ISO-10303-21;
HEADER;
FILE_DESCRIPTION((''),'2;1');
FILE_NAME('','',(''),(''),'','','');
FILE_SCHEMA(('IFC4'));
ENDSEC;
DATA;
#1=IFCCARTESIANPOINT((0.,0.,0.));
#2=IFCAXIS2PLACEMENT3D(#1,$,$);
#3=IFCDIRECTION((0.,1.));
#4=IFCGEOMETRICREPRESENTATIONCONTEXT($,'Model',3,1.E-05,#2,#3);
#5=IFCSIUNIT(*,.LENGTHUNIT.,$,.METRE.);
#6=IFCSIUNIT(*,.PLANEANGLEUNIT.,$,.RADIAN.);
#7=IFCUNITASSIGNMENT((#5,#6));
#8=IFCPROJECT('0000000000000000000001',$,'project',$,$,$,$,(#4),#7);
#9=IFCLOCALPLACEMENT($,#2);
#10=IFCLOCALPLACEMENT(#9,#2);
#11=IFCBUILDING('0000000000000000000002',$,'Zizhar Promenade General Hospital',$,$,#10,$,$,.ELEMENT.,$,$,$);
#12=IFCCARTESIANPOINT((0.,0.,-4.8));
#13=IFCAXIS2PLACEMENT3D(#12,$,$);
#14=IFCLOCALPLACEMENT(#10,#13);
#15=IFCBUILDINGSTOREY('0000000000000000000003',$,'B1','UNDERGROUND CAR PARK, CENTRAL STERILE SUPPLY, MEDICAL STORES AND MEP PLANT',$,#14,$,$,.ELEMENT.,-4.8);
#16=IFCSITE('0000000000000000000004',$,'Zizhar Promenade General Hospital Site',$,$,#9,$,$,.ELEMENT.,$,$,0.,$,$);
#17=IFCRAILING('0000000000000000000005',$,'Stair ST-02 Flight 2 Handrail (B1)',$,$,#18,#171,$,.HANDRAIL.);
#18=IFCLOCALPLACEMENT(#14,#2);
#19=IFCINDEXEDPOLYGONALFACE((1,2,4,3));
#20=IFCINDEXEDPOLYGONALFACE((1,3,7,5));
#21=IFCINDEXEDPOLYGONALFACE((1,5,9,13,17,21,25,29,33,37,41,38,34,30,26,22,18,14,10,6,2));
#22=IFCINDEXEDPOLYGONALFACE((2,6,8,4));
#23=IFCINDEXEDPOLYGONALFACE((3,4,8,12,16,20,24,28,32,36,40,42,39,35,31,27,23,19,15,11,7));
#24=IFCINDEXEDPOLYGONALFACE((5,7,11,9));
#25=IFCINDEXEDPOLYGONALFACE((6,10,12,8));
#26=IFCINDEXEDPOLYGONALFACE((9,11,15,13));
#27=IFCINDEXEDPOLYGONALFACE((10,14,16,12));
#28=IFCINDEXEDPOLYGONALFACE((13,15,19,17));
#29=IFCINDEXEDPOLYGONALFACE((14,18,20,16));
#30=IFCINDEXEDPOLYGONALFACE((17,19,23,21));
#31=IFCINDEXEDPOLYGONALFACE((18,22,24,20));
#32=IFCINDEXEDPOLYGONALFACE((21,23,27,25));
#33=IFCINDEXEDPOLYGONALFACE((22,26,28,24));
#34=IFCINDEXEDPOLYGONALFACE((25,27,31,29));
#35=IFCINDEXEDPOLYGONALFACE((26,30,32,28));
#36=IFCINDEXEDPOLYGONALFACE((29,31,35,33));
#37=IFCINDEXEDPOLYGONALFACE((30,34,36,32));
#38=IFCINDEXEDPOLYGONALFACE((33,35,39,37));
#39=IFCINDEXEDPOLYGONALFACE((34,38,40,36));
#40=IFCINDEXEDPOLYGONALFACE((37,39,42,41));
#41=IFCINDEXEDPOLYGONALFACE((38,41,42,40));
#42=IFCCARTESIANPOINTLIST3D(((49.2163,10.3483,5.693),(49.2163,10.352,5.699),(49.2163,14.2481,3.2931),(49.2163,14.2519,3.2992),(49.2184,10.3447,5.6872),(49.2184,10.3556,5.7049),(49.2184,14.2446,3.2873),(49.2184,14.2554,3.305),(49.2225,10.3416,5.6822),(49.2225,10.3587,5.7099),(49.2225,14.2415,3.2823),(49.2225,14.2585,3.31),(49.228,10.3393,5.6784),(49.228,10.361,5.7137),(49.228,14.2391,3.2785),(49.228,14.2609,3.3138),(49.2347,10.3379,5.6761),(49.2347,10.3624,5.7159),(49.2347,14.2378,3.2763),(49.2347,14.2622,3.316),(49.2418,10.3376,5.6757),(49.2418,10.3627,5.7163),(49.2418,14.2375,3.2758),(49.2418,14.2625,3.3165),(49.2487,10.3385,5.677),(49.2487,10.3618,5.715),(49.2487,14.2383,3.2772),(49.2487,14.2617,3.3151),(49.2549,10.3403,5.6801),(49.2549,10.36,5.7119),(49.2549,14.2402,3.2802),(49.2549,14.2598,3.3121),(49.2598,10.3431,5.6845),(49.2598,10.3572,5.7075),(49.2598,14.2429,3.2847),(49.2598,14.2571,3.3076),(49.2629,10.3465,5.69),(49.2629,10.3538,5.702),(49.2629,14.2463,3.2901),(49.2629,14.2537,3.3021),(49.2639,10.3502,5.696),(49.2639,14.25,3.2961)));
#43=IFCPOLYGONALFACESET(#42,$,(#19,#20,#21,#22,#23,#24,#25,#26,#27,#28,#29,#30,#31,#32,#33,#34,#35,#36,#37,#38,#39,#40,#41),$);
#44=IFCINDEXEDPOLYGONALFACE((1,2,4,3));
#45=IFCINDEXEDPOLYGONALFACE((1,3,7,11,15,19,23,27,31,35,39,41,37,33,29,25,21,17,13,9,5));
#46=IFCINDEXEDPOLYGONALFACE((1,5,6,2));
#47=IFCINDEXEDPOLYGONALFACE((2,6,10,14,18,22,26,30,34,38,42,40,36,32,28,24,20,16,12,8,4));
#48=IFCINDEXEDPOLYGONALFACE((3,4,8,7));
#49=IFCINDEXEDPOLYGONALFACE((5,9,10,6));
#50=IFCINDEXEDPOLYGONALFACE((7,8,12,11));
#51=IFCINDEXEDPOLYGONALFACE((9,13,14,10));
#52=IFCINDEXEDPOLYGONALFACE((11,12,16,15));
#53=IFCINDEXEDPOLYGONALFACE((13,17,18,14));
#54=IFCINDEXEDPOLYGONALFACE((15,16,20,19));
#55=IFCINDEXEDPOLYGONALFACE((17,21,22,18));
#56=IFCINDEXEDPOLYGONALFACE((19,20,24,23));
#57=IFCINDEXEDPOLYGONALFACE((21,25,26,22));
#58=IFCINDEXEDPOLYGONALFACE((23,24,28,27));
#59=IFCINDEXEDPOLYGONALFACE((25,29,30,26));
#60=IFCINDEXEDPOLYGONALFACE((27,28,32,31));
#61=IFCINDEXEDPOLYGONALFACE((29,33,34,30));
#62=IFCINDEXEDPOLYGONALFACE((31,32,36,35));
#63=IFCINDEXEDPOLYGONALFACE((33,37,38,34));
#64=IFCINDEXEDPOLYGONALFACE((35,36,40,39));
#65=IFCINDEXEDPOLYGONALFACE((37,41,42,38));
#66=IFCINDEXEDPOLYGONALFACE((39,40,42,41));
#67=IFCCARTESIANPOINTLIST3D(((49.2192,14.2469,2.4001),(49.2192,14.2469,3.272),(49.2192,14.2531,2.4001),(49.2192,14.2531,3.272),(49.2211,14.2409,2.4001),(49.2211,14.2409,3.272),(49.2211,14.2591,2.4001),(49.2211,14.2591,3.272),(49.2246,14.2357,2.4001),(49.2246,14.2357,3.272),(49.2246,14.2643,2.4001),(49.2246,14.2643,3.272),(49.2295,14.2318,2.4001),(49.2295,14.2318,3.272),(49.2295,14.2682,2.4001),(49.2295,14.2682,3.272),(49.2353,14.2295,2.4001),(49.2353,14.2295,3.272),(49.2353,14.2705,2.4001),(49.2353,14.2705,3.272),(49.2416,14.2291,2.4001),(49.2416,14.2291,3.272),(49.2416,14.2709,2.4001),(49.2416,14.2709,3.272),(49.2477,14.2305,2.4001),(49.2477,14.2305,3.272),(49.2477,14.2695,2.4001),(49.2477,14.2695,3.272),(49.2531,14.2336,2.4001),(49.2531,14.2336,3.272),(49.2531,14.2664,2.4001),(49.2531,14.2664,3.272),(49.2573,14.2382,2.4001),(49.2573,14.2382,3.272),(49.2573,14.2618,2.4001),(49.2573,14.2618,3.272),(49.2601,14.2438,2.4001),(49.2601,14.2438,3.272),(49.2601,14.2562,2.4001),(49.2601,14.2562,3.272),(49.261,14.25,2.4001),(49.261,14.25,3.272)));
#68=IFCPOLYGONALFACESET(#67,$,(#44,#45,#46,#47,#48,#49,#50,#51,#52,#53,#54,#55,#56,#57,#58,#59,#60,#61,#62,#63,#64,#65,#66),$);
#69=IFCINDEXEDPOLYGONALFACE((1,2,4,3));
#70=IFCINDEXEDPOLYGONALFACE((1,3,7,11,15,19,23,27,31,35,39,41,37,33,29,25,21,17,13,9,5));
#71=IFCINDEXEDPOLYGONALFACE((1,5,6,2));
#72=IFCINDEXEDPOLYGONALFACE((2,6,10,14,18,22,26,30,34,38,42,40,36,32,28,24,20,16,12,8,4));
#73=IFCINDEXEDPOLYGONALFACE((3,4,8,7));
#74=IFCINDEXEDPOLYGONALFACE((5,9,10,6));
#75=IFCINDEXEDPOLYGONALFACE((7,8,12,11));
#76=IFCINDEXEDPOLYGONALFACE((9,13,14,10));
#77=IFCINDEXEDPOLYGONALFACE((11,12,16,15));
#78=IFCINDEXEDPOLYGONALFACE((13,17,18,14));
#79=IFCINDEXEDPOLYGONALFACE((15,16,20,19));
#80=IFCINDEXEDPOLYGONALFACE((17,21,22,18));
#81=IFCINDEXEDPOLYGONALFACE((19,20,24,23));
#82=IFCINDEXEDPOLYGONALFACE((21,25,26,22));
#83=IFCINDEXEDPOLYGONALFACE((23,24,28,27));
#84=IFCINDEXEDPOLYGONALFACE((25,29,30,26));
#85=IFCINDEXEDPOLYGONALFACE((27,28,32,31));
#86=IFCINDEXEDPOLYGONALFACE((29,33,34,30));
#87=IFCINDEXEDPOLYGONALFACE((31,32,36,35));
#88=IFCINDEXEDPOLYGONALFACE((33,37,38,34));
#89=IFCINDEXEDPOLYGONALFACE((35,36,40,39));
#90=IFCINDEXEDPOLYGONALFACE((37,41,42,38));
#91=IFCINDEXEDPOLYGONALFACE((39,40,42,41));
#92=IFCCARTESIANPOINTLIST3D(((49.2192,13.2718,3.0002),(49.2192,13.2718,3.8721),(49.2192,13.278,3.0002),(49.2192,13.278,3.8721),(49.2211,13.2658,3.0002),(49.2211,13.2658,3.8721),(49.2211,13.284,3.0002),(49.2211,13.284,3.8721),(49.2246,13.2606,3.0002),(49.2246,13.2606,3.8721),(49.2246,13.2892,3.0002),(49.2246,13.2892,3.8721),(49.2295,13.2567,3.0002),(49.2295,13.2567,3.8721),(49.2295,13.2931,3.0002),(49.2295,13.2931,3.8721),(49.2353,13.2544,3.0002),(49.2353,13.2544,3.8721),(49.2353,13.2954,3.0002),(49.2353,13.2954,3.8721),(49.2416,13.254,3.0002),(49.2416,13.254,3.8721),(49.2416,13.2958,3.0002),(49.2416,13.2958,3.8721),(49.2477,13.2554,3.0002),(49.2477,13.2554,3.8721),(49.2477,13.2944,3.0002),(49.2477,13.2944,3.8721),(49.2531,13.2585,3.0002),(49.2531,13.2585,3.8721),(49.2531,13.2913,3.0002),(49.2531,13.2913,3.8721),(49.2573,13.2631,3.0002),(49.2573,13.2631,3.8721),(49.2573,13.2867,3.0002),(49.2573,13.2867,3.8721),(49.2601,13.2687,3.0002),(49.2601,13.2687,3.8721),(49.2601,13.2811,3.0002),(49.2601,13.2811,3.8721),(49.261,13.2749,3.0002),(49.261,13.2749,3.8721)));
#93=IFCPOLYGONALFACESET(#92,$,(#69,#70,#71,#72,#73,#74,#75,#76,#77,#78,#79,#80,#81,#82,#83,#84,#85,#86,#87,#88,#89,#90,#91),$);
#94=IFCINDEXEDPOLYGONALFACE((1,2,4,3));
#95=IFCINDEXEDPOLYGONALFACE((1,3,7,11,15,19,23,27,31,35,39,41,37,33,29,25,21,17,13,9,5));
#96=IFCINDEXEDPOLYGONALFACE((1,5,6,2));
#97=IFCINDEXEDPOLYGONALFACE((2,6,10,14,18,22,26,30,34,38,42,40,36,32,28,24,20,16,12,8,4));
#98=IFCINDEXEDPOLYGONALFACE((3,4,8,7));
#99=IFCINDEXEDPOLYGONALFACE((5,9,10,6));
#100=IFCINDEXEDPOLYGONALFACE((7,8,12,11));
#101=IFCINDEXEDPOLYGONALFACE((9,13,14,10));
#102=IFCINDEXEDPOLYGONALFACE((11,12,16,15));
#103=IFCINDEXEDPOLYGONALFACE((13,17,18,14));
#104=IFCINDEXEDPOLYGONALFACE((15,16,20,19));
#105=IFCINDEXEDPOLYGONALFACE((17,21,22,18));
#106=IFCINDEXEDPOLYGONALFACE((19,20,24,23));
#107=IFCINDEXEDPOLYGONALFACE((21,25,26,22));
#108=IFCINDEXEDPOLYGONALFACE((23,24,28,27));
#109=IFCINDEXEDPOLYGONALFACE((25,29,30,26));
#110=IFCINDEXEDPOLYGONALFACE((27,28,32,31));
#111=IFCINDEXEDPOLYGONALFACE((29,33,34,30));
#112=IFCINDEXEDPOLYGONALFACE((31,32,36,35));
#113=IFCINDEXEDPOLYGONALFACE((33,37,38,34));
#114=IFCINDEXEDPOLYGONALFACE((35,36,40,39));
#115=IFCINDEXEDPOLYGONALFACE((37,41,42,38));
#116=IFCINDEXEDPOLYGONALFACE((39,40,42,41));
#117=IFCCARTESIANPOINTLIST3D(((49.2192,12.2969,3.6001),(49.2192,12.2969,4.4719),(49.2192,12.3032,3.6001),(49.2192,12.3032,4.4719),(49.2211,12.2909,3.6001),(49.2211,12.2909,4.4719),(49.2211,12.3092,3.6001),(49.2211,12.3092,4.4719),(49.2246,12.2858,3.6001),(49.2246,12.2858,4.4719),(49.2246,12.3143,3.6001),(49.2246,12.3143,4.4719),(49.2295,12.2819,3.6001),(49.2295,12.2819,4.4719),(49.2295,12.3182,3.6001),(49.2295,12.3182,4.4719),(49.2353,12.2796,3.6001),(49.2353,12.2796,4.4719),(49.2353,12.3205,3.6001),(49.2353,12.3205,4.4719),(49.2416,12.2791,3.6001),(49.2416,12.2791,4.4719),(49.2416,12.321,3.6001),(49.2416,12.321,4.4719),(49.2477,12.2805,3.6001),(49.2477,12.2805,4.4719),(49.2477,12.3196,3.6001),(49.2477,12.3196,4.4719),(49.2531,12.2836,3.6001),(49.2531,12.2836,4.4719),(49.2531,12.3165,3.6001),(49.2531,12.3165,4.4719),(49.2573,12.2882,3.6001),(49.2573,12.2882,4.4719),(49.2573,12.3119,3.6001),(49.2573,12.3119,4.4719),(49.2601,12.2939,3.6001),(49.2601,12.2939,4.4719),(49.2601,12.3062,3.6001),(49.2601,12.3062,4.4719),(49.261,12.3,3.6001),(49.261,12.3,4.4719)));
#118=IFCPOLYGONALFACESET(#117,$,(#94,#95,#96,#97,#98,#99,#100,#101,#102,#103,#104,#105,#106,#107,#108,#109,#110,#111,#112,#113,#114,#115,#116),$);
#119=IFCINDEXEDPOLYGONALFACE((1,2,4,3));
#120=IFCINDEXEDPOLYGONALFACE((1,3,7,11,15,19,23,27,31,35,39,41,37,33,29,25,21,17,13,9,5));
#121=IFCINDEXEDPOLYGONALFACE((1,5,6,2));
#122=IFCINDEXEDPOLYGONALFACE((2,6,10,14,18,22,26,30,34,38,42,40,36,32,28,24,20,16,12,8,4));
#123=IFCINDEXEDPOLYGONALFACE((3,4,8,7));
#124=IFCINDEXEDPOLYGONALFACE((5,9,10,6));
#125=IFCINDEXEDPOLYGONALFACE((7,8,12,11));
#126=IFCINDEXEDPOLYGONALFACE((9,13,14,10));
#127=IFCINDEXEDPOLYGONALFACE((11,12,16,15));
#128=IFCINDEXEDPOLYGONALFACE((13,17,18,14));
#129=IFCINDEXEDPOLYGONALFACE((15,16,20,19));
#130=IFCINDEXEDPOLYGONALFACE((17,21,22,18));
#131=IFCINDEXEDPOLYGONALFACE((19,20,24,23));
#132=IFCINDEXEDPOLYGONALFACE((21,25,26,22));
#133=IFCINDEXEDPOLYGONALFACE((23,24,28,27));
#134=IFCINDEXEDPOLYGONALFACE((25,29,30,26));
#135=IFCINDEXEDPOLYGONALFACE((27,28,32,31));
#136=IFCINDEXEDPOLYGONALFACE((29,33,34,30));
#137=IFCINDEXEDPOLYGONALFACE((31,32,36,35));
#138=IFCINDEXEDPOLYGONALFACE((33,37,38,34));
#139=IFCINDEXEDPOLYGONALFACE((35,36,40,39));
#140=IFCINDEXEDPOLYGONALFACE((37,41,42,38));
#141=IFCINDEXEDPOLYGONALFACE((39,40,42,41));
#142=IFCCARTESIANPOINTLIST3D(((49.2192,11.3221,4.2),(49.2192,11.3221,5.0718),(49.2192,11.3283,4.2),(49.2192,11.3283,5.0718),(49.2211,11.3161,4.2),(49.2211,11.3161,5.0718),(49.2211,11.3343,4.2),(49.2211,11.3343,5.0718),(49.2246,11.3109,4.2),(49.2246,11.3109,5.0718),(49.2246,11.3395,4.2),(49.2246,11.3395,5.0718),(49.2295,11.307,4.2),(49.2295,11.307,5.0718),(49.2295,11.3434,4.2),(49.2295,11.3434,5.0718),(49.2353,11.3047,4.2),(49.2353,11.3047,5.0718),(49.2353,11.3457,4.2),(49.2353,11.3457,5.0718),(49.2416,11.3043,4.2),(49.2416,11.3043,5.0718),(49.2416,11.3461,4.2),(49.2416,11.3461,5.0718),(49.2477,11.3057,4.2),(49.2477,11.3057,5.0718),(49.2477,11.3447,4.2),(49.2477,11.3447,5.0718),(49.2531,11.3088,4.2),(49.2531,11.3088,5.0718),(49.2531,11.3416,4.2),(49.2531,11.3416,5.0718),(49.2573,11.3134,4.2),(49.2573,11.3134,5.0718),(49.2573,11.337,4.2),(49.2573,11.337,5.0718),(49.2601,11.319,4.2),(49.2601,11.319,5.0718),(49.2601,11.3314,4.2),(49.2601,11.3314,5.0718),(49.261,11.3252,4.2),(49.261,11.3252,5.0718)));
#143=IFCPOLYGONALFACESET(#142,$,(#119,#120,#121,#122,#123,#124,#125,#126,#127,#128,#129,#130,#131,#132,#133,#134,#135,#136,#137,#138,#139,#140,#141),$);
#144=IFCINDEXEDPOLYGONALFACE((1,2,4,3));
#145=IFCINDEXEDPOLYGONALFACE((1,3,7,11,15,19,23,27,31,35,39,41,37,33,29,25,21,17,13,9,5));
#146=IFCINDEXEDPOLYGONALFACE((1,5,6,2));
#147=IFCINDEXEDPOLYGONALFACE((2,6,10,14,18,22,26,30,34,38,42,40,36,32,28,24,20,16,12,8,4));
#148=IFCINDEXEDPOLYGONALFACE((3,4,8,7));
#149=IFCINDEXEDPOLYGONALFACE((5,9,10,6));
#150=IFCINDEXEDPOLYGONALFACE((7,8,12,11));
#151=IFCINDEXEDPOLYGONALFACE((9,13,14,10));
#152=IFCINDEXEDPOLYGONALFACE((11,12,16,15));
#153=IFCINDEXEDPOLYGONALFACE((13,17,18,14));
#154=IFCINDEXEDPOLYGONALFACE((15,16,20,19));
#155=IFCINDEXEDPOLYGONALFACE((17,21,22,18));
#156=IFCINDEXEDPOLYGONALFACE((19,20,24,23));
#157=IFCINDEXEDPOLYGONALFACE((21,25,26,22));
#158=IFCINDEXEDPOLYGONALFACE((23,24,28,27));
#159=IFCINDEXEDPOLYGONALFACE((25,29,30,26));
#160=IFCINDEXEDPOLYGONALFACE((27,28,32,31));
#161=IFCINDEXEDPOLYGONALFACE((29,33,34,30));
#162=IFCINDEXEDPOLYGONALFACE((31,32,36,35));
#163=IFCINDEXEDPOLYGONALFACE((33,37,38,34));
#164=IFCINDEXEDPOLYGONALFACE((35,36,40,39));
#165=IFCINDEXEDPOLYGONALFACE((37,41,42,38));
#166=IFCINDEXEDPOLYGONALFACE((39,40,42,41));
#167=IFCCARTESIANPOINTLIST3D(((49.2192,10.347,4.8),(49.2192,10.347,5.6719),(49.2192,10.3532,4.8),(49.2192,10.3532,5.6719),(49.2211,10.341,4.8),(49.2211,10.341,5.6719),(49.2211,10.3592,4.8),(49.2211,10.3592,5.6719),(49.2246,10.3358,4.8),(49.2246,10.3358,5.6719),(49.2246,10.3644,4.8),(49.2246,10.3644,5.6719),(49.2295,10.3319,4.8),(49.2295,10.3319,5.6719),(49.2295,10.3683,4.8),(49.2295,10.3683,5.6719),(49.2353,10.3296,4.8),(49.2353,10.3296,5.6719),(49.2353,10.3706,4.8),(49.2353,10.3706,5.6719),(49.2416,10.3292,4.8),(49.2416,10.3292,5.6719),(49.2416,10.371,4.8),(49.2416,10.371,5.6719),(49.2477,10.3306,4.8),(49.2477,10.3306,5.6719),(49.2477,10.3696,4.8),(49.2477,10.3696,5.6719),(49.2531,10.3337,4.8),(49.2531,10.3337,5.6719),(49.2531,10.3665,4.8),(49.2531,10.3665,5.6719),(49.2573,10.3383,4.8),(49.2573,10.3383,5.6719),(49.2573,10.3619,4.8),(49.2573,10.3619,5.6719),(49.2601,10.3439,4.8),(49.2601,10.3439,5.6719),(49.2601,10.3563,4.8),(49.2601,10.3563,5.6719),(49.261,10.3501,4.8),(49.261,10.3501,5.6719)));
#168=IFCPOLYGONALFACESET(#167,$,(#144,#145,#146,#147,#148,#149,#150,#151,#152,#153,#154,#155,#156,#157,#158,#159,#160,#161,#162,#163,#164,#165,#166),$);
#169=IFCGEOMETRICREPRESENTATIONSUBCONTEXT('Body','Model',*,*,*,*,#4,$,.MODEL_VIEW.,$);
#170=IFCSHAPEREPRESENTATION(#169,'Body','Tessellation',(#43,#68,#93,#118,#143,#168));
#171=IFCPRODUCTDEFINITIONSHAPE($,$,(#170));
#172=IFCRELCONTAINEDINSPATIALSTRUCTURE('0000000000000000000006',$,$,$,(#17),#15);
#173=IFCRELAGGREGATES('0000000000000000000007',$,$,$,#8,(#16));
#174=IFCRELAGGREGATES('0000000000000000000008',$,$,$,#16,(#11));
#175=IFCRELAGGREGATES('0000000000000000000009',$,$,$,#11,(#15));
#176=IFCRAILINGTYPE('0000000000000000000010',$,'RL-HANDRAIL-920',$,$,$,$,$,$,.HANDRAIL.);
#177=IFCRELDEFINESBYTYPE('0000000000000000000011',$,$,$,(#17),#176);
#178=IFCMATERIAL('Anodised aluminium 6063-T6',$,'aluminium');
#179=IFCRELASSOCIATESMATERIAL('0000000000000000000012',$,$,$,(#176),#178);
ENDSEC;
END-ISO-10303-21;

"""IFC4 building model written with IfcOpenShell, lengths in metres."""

from ifc_helpers import new_model, si_unit, direction, frame, origin, origin_2d, place, context, subcontext, project, spatial, circle, hollow_circle, extrude, material, material_profile, profile_set, type_object, element, save


model = new_model("IFC4")

# Units and contexts
model_context = context("Model", 3, precision=1e-05, world=origin(), true_north=direction((0.0, 1.0)))
body_context = subcontext(model_context, "Body", "Model", "MODEL_VIEW")
ifc_project = project(units=[si_unit("LENGTHUNIT", "METRE"), si_unit("PLANEANGLEUNIT", "RADIAN")], contexts=[model_context])

# Site, building, storey
site_placement = place(None, origin())
site = spatial("IfcSite", under=ifc_project, at=site_placement, Name="Zizhar Promenade General Hospital Site", CompositionType="ELEMENT", RefElevation=0.0)
building_placement = place(site_placement, origin())
building = spatial("IfcBuilding", under=site, at=building_placement, Name="Zizhar Promenade General Hospital", CompositionType="ELEMENT")
storey_placement = place(building_placement, frame((0.0, 0.0, -4.8)))
storey = spatial("IfcBuildingStorey", under=building, at=storey_placement, Name="B1", Description="UNDERGROUND CAR PARK, CENTRAL STERILE SUPPLY, MEDICAL STORES AND MEP PLANT", CompositionType="ELEMENT", Elevation=-4.8)

# Railing
ifc_material_1 = material(Name="Anodised aluminium 6063-T6", Category="aluminium")
ifc_material_profile_1 = material_profile(ifc_material_1, hollow_circle(Radius=0.0698, WallThickness=0.0063, at=origin_2d()))
ifc_profile_set_1 = profile_set([ifc_material_profile_1], Name="Anodised aluminium 6063-T6")
railing_type_1 = type_object("IfcRailingType", Name="RL-HANDRAIL-920", PredefinedType="HANDRAIL", material=ifc_profile_set_1)
railing_1_placement = place(storey_placement, frame((49.24, 14.25, 2.4001)))
element("IfcRailing", 1, at=railing_1_placement, inside=storey, type_object=railing_type_1, Name="Stair ST-02 Flight 2 Handrail (B1)", PredefinedType="HANDRAIL", context=body_context, shape_type="SweptSolid", body=[
    extrude(circle(Radius=0.0239, at=origin_2d()), frame((0.0, 0.0, 0.896), z_axis=(0.0, -0.851662, 0.524091), x_axis=(1.0, 0.0, 0.0)), (0.0, 0.0, 1.0), 4.5791),
    extrude(circle(Radius=0.021, at=origin_2d()), origin(), (0.0, 0.0, 1.0), 0.8718),
    extrude(circle(Radius=0.021, at=origin_2d()), frame((0.0, -0.9751, 0.6001)), (0.0, 0.0, 1.0), 0.8718),
    extrude(circle(Radius=0.021, at=origin_2d()), frame((0.0, -1.95, 1.2)), (0.0, 0.0, 1.0), 0.8718),
    extrude(circle(Radius=0.021, at=origin_2d()), frame((0.0, -2.9248, 1.7998)), (0.0, 0.0, 1.0), 0.8718),
    extrude(circle(Radius=0.021, at=origin_2d()), frame((0.0, -3.8999, 2.3999)), (0.0, 0.0, 1.0), 0.8718),
])

save(model, "model.ifc")
